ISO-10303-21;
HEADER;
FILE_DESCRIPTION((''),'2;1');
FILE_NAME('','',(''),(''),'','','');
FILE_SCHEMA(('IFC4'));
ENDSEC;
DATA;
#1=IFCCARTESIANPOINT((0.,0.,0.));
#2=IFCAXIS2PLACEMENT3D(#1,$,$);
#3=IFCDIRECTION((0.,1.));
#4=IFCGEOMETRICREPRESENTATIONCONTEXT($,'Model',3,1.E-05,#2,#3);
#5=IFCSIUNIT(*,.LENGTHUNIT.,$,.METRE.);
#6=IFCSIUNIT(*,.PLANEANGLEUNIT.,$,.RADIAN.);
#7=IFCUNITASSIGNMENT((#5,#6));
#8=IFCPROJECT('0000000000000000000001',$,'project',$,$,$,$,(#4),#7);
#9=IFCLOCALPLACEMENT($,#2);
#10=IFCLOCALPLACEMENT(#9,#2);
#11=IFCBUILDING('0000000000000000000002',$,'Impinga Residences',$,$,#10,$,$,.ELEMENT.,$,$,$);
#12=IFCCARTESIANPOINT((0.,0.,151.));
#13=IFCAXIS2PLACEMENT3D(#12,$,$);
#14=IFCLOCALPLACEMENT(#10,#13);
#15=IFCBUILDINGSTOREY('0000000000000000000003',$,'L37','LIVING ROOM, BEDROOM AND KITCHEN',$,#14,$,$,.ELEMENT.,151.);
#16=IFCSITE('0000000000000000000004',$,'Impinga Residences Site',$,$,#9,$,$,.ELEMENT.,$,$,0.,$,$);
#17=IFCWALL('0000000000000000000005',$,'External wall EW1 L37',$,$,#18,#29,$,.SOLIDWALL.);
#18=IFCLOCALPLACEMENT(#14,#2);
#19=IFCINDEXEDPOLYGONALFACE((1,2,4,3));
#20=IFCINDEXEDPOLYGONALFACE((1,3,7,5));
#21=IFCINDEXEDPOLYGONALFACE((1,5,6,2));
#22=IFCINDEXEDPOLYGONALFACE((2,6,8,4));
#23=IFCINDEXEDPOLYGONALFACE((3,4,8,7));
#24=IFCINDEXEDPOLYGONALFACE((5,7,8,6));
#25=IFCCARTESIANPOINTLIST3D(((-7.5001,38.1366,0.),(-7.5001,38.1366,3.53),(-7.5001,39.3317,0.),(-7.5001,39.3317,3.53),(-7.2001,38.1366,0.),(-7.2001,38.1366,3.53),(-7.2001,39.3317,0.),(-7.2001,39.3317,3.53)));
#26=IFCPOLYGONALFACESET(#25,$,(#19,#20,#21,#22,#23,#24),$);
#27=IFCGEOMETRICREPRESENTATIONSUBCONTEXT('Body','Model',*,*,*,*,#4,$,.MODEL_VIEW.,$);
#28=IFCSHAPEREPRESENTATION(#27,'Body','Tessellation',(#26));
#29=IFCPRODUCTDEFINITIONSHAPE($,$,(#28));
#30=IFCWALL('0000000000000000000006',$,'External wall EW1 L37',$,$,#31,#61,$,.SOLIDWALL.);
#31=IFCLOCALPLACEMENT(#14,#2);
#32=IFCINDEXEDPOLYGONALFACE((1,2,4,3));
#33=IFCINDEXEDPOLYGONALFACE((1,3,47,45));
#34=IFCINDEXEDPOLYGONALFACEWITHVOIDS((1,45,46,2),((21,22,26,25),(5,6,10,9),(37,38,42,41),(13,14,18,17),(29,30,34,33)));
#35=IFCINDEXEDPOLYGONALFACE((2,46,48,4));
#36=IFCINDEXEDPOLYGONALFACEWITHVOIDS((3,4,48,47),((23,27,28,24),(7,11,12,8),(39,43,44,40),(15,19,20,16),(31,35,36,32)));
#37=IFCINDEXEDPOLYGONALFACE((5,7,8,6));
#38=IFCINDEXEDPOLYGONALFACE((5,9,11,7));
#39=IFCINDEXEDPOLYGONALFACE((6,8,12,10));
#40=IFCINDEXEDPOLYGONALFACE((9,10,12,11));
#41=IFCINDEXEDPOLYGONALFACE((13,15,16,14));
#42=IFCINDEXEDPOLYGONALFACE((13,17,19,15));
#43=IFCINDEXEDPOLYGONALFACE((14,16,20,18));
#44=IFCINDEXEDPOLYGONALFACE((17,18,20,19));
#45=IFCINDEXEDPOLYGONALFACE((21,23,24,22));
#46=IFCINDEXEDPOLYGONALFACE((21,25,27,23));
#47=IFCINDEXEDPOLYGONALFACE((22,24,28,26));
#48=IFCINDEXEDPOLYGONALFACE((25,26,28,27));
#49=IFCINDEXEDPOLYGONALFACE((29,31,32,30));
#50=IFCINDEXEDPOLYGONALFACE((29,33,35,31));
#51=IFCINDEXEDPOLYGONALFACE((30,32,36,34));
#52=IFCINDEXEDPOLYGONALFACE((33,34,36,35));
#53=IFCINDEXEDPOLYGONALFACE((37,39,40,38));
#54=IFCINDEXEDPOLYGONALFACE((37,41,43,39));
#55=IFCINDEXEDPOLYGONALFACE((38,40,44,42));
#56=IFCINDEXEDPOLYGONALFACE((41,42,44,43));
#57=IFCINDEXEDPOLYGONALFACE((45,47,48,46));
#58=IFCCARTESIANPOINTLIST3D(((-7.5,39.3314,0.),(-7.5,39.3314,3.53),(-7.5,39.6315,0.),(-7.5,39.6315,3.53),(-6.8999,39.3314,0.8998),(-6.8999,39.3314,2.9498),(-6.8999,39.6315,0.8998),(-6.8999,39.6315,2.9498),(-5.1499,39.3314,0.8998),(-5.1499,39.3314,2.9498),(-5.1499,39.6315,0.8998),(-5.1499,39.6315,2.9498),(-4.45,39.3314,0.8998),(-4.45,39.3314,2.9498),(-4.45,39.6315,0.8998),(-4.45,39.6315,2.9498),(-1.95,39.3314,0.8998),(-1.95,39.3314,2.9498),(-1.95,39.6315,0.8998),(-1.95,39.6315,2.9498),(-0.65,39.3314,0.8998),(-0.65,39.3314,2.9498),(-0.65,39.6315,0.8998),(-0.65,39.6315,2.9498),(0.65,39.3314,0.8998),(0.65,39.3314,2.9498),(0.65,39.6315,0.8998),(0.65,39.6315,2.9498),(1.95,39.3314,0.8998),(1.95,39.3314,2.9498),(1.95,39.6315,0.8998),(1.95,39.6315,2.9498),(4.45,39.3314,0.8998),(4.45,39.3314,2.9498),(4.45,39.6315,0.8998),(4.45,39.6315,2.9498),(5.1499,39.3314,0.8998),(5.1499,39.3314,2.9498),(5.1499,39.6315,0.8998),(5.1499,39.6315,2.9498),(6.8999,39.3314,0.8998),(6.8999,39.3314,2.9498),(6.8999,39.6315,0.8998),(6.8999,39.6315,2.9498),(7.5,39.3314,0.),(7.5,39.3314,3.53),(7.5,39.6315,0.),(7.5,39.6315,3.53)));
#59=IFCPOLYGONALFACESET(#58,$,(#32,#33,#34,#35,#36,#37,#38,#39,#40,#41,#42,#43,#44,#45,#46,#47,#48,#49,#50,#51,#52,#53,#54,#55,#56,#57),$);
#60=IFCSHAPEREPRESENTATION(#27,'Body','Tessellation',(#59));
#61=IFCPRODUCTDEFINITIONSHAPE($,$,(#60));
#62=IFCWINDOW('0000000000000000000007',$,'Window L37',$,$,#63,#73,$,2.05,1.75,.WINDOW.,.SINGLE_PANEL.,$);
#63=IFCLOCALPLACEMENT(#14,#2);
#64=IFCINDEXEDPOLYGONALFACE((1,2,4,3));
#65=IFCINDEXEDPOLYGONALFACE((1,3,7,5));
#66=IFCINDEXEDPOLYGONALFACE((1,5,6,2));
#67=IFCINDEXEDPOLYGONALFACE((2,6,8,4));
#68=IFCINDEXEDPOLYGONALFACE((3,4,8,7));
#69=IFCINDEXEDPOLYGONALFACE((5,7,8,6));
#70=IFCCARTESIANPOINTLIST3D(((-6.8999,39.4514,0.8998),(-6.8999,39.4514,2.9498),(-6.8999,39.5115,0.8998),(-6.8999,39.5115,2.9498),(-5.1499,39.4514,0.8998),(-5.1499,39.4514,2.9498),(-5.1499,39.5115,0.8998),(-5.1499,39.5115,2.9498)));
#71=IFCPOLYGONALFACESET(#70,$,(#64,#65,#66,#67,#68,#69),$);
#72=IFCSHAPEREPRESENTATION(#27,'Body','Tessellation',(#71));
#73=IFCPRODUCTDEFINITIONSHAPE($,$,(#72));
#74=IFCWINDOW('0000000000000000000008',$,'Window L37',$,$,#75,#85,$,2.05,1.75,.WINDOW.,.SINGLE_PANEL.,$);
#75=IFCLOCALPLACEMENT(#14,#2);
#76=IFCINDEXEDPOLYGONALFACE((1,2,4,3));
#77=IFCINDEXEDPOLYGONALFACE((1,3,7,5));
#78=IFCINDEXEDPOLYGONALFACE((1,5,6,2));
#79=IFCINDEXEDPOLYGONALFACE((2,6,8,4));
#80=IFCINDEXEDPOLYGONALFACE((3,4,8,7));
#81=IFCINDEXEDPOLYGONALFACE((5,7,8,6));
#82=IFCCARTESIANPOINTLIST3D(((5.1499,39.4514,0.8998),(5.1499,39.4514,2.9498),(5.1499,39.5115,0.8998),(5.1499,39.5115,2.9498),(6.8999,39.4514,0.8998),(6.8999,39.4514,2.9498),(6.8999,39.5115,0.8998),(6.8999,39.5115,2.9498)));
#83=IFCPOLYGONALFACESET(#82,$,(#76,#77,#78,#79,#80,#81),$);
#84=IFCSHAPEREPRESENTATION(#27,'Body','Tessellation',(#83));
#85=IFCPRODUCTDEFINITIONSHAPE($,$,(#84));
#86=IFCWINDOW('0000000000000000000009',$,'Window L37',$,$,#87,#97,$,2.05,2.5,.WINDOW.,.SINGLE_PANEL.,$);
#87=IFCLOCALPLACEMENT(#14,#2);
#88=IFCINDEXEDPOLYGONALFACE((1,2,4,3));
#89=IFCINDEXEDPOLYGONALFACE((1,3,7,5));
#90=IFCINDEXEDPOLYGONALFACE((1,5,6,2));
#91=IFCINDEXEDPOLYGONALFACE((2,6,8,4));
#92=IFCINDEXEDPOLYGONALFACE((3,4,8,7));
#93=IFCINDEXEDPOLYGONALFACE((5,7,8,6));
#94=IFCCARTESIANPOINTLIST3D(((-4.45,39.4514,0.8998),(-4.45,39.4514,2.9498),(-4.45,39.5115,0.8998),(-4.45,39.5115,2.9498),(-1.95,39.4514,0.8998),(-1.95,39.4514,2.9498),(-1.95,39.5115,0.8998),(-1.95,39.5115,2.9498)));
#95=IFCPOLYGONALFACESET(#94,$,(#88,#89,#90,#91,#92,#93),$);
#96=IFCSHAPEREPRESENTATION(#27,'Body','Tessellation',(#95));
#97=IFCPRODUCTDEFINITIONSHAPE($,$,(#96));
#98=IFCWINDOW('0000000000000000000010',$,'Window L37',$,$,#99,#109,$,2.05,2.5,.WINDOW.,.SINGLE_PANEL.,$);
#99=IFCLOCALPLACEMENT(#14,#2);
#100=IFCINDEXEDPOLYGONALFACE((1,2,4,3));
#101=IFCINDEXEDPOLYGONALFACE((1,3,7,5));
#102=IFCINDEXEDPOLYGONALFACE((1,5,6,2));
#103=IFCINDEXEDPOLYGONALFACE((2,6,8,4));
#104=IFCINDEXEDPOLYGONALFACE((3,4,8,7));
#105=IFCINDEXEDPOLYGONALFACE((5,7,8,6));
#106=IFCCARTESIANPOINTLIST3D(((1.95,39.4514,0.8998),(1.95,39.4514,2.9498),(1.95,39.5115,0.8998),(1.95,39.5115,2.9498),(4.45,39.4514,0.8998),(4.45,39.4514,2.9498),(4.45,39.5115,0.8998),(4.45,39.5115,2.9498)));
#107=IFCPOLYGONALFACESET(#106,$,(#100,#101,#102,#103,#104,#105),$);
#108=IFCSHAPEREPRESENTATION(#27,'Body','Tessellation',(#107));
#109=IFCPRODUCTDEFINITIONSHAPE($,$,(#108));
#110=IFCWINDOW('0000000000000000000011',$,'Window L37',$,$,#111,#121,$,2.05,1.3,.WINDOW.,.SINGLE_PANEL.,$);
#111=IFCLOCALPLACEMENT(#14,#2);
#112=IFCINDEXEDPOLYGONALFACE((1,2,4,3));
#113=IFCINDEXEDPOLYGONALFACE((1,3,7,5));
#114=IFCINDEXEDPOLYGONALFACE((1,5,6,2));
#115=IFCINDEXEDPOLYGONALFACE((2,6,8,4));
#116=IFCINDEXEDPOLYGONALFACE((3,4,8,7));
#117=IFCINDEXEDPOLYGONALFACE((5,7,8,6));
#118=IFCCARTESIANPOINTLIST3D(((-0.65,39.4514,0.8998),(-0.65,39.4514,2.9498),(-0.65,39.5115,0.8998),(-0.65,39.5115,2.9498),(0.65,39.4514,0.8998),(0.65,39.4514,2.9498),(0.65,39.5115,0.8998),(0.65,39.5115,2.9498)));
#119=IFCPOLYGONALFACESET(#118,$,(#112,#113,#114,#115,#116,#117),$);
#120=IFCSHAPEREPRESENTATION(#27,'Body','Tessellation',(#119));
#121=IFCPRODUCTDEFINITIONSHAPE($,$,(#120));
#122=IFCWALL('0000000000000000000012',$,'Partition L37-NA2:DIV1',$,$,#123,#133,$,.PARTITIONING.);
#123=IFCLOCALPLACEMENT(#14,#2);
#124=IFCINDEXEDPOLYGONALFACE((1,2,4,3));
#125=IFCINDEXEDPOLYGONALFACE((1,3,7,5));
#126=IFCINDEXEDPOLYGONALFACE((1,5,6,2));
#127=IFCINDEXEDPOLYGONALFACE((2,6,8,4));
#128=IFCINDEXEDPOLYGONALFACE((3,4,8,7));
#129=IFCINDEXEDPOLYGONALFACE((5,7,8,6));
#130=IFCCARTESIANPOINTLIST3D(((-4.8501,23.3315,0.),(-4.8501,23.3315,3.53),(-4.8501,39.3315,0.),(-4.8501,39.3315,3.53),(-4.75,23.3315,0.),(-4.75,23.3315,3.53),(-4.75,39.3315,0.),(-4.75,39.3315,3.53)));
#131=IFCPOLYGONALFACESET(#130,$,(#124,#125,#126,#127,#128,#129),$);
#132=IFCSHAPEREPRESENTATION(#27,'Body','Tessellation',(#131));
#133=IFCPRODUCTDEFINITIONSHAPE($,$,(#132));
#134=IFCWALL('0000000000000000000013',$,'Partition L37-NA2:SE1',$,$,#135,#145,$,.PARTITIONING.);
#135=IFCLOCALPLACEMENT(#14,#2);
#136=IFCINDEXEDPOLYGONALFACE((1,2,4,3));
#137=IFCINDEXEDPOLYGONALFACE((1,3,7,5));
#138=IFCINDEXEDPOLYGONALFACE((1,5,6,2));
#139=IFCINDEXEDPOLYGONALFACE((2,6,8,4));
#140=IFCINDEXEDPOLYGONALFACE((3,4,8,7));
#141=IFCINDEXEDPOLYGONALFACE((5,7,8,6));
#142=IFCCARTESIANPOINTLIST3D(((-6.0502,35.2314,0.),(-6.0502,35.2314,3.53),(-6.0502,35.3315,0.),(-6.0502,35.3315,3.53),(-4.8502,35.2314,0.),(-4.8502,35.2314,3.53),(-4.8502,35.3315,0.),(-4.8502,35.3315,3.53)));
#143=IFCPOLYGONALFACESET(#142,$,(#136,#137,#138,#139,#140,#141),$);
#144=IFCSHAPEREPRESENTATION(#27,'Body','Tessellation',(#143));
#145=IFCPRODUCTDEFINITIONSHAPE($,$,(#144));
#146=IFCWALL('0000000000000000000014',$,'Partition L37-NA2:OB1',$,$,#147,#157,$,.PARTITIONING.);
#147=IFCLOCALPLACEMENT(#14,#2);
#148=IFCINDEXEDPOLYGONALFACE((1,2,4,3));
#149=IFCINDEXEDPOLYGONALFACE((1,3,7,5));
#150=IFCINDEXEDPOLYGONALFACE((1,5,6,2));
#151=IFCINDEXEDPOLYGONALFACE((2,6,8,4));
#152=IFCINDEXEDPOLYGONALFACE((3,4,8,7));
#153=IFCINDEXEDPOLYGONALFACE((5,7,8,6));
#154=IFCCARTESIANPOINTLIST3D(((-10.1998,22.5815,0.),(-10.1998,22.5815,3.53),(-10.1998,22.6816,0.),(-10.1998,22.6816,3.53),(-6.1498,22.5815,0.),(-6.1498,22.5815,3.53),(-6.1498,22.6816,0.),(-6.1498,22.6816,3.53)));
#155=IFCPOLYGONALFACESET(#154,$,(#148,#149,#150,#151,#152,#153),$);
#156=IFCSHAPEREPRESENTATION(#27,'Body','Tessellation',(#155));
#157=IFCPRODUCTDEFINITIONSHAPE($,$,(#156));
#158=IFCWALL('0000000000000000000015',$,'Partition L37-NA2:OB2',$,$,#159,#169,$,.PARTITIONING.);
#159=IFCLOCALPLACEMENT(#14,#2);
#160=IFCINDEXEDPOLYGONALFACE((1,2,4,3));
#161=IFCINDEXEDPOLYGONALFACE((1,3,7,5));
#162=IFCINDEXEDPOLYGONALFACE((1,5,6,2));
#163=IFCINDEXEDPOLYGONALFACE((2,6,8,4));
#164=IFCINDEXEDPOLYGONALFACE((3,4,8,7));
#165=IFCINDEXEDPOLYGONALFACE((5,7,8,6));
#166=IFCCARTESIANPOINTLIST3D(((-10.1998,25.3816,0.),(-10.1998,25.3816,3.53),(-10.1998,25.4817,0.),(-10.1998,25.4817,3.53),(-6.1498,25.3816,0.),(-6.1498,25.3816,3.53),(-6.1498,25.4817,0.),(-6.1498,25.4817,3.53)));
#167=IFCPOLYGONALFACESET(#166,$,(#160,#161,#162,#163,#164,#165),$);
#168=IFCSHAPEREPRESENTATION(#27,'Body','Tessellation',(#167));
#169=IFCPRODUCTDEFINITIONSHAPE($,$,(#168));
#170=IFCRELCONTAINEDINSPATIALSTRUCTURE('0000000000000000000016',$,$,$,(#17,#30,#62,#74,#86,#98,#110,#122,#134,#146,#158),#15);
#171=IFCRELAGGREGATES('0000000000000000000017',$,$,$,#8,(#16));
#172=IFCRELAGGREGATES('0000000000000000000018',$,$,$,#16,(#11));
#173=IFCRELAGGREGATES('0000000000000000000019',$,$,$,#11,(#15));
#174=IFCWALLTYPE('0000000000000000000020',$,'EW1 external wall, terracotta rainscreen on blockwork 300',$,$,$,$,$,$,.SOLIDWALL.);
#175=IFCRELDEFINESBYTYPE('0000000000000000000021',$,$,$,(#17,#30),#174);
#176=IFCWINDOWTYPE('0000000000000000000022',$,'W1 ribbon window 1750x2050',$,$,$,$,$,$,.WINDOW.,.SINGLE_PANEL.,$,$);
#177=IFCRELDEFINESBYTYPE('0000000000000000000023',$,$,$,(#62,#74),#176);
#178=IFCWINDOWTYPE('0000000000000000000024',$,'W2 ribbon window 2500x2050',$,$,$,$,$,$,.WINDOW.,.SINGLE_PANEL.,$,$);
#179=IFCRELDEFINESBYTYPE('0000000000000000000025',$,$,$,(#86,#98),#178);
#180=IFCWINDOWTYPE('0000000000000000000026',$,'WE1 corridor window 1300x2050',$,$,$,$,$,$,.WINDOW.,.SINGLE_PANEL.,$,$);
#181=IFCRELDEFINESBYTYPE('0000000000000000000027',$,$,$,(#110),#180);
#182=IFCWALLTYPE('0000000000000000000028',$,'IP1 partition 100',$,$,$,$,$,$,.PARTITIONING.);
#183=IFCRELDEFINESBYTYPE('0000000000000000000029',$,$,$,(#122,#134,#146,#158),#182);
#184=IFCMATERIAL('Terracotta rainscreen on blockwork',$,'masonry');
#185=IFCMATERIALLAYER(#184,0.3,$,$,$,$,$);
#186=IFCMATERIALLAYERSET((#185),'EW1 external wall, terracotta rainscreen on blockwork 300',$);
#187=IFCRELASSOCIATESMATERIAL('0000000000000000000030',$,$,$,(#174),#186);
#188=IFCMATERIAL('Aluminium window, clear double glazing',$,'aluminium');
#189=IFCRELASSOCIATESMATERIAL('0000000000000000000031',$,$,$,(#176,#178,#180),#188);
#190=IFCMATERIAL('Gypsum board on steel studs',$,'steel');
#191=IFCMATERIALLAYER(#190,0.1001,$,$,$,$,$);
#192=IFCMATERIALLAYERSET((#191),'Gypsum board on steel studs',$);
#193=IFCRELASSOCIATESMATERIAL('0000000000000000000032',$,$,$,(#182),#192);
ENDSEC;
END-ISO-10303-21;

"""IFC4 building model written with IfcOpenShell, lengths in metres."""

from ifc_helpers import new_model, si_unit, direction, frame, frame_2d, origin, place, context, subcontext, project, spatial, rectangle, extrude, material, layer, layer_set, type_object, element, fill, save


model = new_model("IFC4")

# Units and contexts
model_context = context("Model", 3, precision=1e-05, world=origin(), true_north=direction((0.0, 1.0)))
body_context = subcontext(model_context, "Body", "Model", "MODEL_VIEW")
ifc_project = project(units=[si_unit("LENGTHUNIT", "METRE"), si_unit("PLANEANGLEUNIT", "RADIAN")], contexts=[model_context])

# Site, building, storey
site_placement = place(None, origin())
site = spatial("IfcSite", under=ifc_project, at=site_placement, Name="Impinga Residences Site", CompositionType="ELEMENT", RefElevation=0.0)
building_placement = place(site_placement, origin())
building = spatial("IfcBuilding", under=site, at=building_placement, Name="Impinga Residences", CompositionType="ELEMENT")
storey_placement = place(building_placement, frame((0.0, 0.0, 151.0)))
storey = spatial("IfcBuildingStorey", under=building, at=storey_placement, Name="L37", Description="LIVING ROOM, BEDROOM AND KITCHEN", CompositionType="ELEMENT", Elevation=151.0)

# Wall
ifc_material_1 = material(Name="Terracotta rainscreen on blockwork", Category="masonry")
ifc_layer_1 = layer(ifc_material_1, 0.3)
ifc_layer_set_1 = layer_set([ifc_layer_1], Name="EW1 external wall, terracotta rainscreen on blockwork 300")
wall_type_1 = type_object("IfcWallType", Name="EW1 external wall, terracotta rainscreen on blockwork 300", PredefinedType="SOLIDWALL", material=ifc_layer_set_1)
wall_1_placement = place(storey_placement, frame((-7.3501, 38.1365, 0.0), z_axis=(0.0, 0.0, 1.0), x_axis=(0.0, 1.0, 0.0)))
element("IfcWall", 1, at=wall_1_placement, inside=storey, type_object=wall_type_1, Name="External wall EW1 L37", PredefinedType="SOLIDWALL", context=body_context, shape_type="SweptSolid", body=[
    extrude(rectangle(XDim=1.1951, YDim=0.3, at=frame_2d((0.5977, 0.0))), origin(), (0.0, 0.0, 1.0), 3.53),
])

# Wall, openings, windows
wall_2_placement = place(storey_placement, frame((-7.5, 39.4814, 0.0), z_axis=(0.0, 0.0, 1.0), x_axis=(1.0, 0.0, 0.0)))
wall_2 = element("IfcWall", 2, at=wall_2_placement, inside=storey, type_object=wall_type_1, Name="External wall EW1 L37", PredefinedType="SOLIDWALL", context=body_context, shape_type="SweptSolid", body=[
    extrude(rectangle(XDim=15.0, YDim=0.3, at=frame_2d((7.5, 0.0))), origin(), (0.0, 0.0, 1.0), 3.53),
])
opening_1_placement = place(wall_2_placement, frame((0.6001, 0.0, 0.8999)))
opening_1 = element("IfcOpeningElement", 3, at=opening_1_placement, cuts=wall_2, PredefinedType="OPENING", context=body_context, shape_type="SweptSolid", body=[
    extrude(rectangle(XDim=1.75, YDim=2.05, at=frame_2d((0.875, 1.0249))), frame((0.0, 0.1599, 0.0), z_axis=(0.0, -1.0, 0.0), x_axis=(1.0, 0.0, 0.0)), (0.0, 0.0, 1.0), 0.3201),
])
opening_2_placement = place(wall_2_placement, frame((3.05, 0.0, 0.8999)))
opening_2 = element("IfcOpeningElement", 4, at=opening_2_placement, cuts=wall_2, PredefinedType="OPENING", context=body_context, shape_type="SweptSolid", body=[
    extrude(rectangle(XDim=2.5, YDim=2.05, at=frame_2d((1.25, 1.0249))), frame((0.0, 0.1599, 0.0), z_axis=(0.0, -1.0, 0.0), x_axis=(1.0, 0.0, 0.0)), (0.0, 0.0, 1.0), 0.3201),
])
opening_3_placement = place(wall_2_placement, frame((6.8501, 0.0, 0.8999)))
opening_3 = element("IfcOpeningElement", 5, at=opening_3_placement, cuts=wall_2, PredefinedType="OPENING", context=body_context, shape_type="SweptSolid", body=[
    extrude(rectangle(XDim=1.3, YDim=2.05, at=frame_2d((0.6499, 1.0249))), frame((0.0, 0.1599, 0.0), z_axis=(0.0, -1.0, 0.0), x_axis=(1.0, 0.0, 0.0)), (0.0, 0.0, 1.0), 0.3201),
])
opening_4_placement = place(wall_2_placement, frame((9.45, 0.0, 0.8999)))
opening_4 = element("IfcOpeningElement", 6, at=opening_4_placement, cuts=wall_2, PredefinedType="OPENING", context=body_context, shape_type="SweptSolid", body=[
    extrude(rectangle(XDim=2.5, YDim=2.05, at=frame_2d((1.25, 1.0249))), frame((0.0, 0.1599, 0.0), z_axis=(0.0, -1.0, 0.0), x_axis=(1.0, 0.0, 0.0)), (0.0, 0.0, 1.0), 0.3201),
])
opening_5_placement = place(wall_2_placement, frame((12.6499, 0.0, 0.8999)))
opening_5 = element("IfcOpeningElement", 7, at=opening_5_placement, cuts=wall_2, PredefinedType="OPENING", context=body_context, shape_type="SweptSolid", body=[
    extrude(rectangle(XDim=1.75, YDim=2.05, at=frame_2d((0.875, 1.0249))), frame((0.0, 0.1599, 0.0), z_axis=(0.0, -1.0, 0.0), x_axis=(1.0, 0.0, 0.0)), (0.0, 0.0, 1.0), 0.3201),
])
ifc_material_2 = material(Name="Aluminium window, clear double glazing", Category="aluminium")
window_type_1 = type_object("IfcWindowType", Name="W1 ribbon window 1750x2050", PartitioningType="SINGLE_PANEL", PredefinedType="WINDOW", material=ifc_material_2)
window_1_placement = place(opening_1_placement, origin())
window_1 = element("IfcWindow", 8, at=window_1_placement, inside=storey, type_object=window_type_1, Name="Window L37", OverallHeight=2.05, OverallWidth=1.75, PartitioningType="SINGLE_PANEL", PredefinedType="WINDOW", context=body_context, shape_type="SweptSolid", body=[
    extrude(rectangle(XDim=1.75, YDim=2.05, at=frame_2d((0.875, 1.0249))), frame((0.0, 0.03, 0.0), z_axis=(0.0, -1.0, 0.0), x_axis=(1.0, 0.0, 0.0)), (0.0, 0.0, 1.0), 0.0601),
])
fill(opening_1, window_1)
window_2_placement = place(opening_5_placement, origin())
window_2 = element("IfcWindow", 9, at=window_2_placement, inside=storey, type_object=window_type_1, Name="Window L37", OverallHeight=2.05, OverallWidth=1.75, PartitioningType="SINGLE_PANEL", PredefinedType="WINDOW", context=body_context, shape_type="SweptSolid", body=[
    extrude(rectangle(XDim=1.75, YDim=2.05, at=frame_2d((0.875, 1.0249))), frame((0.0, 0.03, 0.0), z_axis=(0.0, -1.0, 0.0), x_axis=(1.0, 0.0, 0.0)), (0.0, 0.0, 1.0), 0.0601),
])
fill(opening_5, window_2)
window_type_2 = type_object("IfcWindowType", Name="W2 ribbon window 2500x2050", PartitioningType="SINGLE_PANEL", PredefinedType="WINDOW", material=ifc_material_2)
window_3_placement = place(opening_2_placement, origin())
window_3 = element("IfcWindow", 10, at=window_3_placement, inside=storey, type_object=window_type_2, Name="Window L37", OverallHeight=2.05, OverallWidth=2.5, PartitioningType="SINGLE_PANEL", PredefinedType="WINDOW", context=body_context, shape_type="SweptSolid", body=[
    extrude(rectangle(XDim=2.5, YDim=2.05, at=frame_2d((1.25, 1.0249))), frame((0.0, 0.03, 0.0), z_axis=(0.0, -1.0, 0.0), x_axis=(1.0, 0.0, 0.0)), (0.0, 0.0, 1.0), 0.0601),
])
fill(opening_2, window_3)
window_4_placement = place(opening_4_placement, origin())
window_4 = element("IfcWindow", 11, at=window_4_placement, inside=storey, type_object=window_type_2, Name="Window L37", OverallHeight=2.05, OverallWidth=2.5, PartitioningType="SINGLE_PANEL", PredefinedType="WINDOW", context=body_context, shape_type="SweptSolid", body=[
    extrude(rectangle(XDim=2.5, YDim=2.05, at=frame_2d((1.25, 1.0249))), frame((0.0, 0.03, 0.0), z_axis=(0.0, -1.0, 0.0), x_axis=(1.0, 0.0, 0.0)), (0.0, 0.0, 1.0), 0.0601),
])
fill(opening_4, window_4)
window_type_3 = type_object("IfcWindowType", Name="WE1 corridor window 1300x2050", PartitioningType="SINGLE_PANEL", PredefinedType="WINDOW", material=ifc_material_2)
window_5_placement = place(opening_3_placement, origin())
window_5 = element("IfcWindow", 12, at=window_5_placement, inside=storey, type_object=window_type_3, Name="Window L37", OverallHeight=2.05, OverallWidth=1.3, PartitioningType="SINGLE_PANEL", PredefinedType="WINDOW", context=body_context, shape_type="SweptSolid", body=[
    extrude(rectangle(XDim=1.3, YDim=2.05, at=frame_2d((0.6499, 1.0249))), frame((0.0, 0.03, 0.0), z_axis=(0.0, -1.0, 0.0), x_axis=(1.0, 0.0, 0.0)), (0.0, 0.0, 1.0), 0.0601),
])
fill(opening_3, window_5)

# Walls
ifc_material_3 = material(Name="Gypsum board on steel studs", Category="steel")
ifc_layer_2 = layer(ifc_material_3, 0.1001)
ifc_layer_set_2 = layer_set([ifc_layer_2], Name="Gypsum board on steel studs")
wall_type_2 = type_object("IfcWallType", Name="IP1 partition 100", PredefinedType="PARTITIONING", material=ifc_layer_set_2)
wall_3_placement = place(storey_placement, frame((-4.8, 23.3315, 0.0), z_axis=(0.0, 0.0, 1.0), x_axis=(0.0, 1.0, 0.0)))
element("IfcWall", 13, at=wall_3_placement, inside=storey, type_object=wall_type_2, Name="Partition L37-NA2:DIV1", PredefinedType="PARTITIONING", context=body_context, shape_type="SweptSolid", body=[
    extrude(rectangle(XDim=16.0, YDim=0.1001, at=frame_2d((8.0, 0.0))), origin(), (0.0, 0.0, 1.0), 3.53),
])
wall_4_placement = place(storey_placement, frame((-4.8501, 35.2815, 0.0), z_axis=(0.0, 0.0, 1.0), x_axis=(-1.0, 0.0, 0.0)))
element("IfcWall", 14, at=wall_4_placement, inside=storey, type_object=wall_type_2, Name="Partition L37-NA2:SE1", PredefinedType="PARTITIONING", context=body_context, shape_type="SweptSolid", body=[
    extrude(rectangle(XDim=1.2, YDim=0.1001, at=frame_2d((0.6001, 0.0))), origin(), (0.0, 0.0, 1.0), 3.53),
])
for number, where, z_axis, x_axis, name in (
    (15, (-6.1499, 22.6316, 0.0), (0.0, 0.0, 1.0), (-1.0, 0.0, 0.0), "Partition L37-NA2:OB1"),
    (16, (-6.1499, 25.4316, 0.0), (0.0, 0.0, 1.0), (-1.0, 0.0, 0.0), "Partition L37-NA2:OB2"),
):
    element("IfcWall", number, at=place(storey_placement, frame(where, z_axis=z_axis, x_axis=x_axis)), inside=storey, type_object=wall_type_2, Name=name, PredefinedType="PARTITIONING", context=body_context, shape_type="SweptSolid", body=[
        extrude(rectangle(XDim=4.05, YDim=0.1001, at=frame_2d((2.0249, 0.0))), origin(), (0.0, 0.0, 1.0), 3.53),
    ])

save(model, "model.ifc")
